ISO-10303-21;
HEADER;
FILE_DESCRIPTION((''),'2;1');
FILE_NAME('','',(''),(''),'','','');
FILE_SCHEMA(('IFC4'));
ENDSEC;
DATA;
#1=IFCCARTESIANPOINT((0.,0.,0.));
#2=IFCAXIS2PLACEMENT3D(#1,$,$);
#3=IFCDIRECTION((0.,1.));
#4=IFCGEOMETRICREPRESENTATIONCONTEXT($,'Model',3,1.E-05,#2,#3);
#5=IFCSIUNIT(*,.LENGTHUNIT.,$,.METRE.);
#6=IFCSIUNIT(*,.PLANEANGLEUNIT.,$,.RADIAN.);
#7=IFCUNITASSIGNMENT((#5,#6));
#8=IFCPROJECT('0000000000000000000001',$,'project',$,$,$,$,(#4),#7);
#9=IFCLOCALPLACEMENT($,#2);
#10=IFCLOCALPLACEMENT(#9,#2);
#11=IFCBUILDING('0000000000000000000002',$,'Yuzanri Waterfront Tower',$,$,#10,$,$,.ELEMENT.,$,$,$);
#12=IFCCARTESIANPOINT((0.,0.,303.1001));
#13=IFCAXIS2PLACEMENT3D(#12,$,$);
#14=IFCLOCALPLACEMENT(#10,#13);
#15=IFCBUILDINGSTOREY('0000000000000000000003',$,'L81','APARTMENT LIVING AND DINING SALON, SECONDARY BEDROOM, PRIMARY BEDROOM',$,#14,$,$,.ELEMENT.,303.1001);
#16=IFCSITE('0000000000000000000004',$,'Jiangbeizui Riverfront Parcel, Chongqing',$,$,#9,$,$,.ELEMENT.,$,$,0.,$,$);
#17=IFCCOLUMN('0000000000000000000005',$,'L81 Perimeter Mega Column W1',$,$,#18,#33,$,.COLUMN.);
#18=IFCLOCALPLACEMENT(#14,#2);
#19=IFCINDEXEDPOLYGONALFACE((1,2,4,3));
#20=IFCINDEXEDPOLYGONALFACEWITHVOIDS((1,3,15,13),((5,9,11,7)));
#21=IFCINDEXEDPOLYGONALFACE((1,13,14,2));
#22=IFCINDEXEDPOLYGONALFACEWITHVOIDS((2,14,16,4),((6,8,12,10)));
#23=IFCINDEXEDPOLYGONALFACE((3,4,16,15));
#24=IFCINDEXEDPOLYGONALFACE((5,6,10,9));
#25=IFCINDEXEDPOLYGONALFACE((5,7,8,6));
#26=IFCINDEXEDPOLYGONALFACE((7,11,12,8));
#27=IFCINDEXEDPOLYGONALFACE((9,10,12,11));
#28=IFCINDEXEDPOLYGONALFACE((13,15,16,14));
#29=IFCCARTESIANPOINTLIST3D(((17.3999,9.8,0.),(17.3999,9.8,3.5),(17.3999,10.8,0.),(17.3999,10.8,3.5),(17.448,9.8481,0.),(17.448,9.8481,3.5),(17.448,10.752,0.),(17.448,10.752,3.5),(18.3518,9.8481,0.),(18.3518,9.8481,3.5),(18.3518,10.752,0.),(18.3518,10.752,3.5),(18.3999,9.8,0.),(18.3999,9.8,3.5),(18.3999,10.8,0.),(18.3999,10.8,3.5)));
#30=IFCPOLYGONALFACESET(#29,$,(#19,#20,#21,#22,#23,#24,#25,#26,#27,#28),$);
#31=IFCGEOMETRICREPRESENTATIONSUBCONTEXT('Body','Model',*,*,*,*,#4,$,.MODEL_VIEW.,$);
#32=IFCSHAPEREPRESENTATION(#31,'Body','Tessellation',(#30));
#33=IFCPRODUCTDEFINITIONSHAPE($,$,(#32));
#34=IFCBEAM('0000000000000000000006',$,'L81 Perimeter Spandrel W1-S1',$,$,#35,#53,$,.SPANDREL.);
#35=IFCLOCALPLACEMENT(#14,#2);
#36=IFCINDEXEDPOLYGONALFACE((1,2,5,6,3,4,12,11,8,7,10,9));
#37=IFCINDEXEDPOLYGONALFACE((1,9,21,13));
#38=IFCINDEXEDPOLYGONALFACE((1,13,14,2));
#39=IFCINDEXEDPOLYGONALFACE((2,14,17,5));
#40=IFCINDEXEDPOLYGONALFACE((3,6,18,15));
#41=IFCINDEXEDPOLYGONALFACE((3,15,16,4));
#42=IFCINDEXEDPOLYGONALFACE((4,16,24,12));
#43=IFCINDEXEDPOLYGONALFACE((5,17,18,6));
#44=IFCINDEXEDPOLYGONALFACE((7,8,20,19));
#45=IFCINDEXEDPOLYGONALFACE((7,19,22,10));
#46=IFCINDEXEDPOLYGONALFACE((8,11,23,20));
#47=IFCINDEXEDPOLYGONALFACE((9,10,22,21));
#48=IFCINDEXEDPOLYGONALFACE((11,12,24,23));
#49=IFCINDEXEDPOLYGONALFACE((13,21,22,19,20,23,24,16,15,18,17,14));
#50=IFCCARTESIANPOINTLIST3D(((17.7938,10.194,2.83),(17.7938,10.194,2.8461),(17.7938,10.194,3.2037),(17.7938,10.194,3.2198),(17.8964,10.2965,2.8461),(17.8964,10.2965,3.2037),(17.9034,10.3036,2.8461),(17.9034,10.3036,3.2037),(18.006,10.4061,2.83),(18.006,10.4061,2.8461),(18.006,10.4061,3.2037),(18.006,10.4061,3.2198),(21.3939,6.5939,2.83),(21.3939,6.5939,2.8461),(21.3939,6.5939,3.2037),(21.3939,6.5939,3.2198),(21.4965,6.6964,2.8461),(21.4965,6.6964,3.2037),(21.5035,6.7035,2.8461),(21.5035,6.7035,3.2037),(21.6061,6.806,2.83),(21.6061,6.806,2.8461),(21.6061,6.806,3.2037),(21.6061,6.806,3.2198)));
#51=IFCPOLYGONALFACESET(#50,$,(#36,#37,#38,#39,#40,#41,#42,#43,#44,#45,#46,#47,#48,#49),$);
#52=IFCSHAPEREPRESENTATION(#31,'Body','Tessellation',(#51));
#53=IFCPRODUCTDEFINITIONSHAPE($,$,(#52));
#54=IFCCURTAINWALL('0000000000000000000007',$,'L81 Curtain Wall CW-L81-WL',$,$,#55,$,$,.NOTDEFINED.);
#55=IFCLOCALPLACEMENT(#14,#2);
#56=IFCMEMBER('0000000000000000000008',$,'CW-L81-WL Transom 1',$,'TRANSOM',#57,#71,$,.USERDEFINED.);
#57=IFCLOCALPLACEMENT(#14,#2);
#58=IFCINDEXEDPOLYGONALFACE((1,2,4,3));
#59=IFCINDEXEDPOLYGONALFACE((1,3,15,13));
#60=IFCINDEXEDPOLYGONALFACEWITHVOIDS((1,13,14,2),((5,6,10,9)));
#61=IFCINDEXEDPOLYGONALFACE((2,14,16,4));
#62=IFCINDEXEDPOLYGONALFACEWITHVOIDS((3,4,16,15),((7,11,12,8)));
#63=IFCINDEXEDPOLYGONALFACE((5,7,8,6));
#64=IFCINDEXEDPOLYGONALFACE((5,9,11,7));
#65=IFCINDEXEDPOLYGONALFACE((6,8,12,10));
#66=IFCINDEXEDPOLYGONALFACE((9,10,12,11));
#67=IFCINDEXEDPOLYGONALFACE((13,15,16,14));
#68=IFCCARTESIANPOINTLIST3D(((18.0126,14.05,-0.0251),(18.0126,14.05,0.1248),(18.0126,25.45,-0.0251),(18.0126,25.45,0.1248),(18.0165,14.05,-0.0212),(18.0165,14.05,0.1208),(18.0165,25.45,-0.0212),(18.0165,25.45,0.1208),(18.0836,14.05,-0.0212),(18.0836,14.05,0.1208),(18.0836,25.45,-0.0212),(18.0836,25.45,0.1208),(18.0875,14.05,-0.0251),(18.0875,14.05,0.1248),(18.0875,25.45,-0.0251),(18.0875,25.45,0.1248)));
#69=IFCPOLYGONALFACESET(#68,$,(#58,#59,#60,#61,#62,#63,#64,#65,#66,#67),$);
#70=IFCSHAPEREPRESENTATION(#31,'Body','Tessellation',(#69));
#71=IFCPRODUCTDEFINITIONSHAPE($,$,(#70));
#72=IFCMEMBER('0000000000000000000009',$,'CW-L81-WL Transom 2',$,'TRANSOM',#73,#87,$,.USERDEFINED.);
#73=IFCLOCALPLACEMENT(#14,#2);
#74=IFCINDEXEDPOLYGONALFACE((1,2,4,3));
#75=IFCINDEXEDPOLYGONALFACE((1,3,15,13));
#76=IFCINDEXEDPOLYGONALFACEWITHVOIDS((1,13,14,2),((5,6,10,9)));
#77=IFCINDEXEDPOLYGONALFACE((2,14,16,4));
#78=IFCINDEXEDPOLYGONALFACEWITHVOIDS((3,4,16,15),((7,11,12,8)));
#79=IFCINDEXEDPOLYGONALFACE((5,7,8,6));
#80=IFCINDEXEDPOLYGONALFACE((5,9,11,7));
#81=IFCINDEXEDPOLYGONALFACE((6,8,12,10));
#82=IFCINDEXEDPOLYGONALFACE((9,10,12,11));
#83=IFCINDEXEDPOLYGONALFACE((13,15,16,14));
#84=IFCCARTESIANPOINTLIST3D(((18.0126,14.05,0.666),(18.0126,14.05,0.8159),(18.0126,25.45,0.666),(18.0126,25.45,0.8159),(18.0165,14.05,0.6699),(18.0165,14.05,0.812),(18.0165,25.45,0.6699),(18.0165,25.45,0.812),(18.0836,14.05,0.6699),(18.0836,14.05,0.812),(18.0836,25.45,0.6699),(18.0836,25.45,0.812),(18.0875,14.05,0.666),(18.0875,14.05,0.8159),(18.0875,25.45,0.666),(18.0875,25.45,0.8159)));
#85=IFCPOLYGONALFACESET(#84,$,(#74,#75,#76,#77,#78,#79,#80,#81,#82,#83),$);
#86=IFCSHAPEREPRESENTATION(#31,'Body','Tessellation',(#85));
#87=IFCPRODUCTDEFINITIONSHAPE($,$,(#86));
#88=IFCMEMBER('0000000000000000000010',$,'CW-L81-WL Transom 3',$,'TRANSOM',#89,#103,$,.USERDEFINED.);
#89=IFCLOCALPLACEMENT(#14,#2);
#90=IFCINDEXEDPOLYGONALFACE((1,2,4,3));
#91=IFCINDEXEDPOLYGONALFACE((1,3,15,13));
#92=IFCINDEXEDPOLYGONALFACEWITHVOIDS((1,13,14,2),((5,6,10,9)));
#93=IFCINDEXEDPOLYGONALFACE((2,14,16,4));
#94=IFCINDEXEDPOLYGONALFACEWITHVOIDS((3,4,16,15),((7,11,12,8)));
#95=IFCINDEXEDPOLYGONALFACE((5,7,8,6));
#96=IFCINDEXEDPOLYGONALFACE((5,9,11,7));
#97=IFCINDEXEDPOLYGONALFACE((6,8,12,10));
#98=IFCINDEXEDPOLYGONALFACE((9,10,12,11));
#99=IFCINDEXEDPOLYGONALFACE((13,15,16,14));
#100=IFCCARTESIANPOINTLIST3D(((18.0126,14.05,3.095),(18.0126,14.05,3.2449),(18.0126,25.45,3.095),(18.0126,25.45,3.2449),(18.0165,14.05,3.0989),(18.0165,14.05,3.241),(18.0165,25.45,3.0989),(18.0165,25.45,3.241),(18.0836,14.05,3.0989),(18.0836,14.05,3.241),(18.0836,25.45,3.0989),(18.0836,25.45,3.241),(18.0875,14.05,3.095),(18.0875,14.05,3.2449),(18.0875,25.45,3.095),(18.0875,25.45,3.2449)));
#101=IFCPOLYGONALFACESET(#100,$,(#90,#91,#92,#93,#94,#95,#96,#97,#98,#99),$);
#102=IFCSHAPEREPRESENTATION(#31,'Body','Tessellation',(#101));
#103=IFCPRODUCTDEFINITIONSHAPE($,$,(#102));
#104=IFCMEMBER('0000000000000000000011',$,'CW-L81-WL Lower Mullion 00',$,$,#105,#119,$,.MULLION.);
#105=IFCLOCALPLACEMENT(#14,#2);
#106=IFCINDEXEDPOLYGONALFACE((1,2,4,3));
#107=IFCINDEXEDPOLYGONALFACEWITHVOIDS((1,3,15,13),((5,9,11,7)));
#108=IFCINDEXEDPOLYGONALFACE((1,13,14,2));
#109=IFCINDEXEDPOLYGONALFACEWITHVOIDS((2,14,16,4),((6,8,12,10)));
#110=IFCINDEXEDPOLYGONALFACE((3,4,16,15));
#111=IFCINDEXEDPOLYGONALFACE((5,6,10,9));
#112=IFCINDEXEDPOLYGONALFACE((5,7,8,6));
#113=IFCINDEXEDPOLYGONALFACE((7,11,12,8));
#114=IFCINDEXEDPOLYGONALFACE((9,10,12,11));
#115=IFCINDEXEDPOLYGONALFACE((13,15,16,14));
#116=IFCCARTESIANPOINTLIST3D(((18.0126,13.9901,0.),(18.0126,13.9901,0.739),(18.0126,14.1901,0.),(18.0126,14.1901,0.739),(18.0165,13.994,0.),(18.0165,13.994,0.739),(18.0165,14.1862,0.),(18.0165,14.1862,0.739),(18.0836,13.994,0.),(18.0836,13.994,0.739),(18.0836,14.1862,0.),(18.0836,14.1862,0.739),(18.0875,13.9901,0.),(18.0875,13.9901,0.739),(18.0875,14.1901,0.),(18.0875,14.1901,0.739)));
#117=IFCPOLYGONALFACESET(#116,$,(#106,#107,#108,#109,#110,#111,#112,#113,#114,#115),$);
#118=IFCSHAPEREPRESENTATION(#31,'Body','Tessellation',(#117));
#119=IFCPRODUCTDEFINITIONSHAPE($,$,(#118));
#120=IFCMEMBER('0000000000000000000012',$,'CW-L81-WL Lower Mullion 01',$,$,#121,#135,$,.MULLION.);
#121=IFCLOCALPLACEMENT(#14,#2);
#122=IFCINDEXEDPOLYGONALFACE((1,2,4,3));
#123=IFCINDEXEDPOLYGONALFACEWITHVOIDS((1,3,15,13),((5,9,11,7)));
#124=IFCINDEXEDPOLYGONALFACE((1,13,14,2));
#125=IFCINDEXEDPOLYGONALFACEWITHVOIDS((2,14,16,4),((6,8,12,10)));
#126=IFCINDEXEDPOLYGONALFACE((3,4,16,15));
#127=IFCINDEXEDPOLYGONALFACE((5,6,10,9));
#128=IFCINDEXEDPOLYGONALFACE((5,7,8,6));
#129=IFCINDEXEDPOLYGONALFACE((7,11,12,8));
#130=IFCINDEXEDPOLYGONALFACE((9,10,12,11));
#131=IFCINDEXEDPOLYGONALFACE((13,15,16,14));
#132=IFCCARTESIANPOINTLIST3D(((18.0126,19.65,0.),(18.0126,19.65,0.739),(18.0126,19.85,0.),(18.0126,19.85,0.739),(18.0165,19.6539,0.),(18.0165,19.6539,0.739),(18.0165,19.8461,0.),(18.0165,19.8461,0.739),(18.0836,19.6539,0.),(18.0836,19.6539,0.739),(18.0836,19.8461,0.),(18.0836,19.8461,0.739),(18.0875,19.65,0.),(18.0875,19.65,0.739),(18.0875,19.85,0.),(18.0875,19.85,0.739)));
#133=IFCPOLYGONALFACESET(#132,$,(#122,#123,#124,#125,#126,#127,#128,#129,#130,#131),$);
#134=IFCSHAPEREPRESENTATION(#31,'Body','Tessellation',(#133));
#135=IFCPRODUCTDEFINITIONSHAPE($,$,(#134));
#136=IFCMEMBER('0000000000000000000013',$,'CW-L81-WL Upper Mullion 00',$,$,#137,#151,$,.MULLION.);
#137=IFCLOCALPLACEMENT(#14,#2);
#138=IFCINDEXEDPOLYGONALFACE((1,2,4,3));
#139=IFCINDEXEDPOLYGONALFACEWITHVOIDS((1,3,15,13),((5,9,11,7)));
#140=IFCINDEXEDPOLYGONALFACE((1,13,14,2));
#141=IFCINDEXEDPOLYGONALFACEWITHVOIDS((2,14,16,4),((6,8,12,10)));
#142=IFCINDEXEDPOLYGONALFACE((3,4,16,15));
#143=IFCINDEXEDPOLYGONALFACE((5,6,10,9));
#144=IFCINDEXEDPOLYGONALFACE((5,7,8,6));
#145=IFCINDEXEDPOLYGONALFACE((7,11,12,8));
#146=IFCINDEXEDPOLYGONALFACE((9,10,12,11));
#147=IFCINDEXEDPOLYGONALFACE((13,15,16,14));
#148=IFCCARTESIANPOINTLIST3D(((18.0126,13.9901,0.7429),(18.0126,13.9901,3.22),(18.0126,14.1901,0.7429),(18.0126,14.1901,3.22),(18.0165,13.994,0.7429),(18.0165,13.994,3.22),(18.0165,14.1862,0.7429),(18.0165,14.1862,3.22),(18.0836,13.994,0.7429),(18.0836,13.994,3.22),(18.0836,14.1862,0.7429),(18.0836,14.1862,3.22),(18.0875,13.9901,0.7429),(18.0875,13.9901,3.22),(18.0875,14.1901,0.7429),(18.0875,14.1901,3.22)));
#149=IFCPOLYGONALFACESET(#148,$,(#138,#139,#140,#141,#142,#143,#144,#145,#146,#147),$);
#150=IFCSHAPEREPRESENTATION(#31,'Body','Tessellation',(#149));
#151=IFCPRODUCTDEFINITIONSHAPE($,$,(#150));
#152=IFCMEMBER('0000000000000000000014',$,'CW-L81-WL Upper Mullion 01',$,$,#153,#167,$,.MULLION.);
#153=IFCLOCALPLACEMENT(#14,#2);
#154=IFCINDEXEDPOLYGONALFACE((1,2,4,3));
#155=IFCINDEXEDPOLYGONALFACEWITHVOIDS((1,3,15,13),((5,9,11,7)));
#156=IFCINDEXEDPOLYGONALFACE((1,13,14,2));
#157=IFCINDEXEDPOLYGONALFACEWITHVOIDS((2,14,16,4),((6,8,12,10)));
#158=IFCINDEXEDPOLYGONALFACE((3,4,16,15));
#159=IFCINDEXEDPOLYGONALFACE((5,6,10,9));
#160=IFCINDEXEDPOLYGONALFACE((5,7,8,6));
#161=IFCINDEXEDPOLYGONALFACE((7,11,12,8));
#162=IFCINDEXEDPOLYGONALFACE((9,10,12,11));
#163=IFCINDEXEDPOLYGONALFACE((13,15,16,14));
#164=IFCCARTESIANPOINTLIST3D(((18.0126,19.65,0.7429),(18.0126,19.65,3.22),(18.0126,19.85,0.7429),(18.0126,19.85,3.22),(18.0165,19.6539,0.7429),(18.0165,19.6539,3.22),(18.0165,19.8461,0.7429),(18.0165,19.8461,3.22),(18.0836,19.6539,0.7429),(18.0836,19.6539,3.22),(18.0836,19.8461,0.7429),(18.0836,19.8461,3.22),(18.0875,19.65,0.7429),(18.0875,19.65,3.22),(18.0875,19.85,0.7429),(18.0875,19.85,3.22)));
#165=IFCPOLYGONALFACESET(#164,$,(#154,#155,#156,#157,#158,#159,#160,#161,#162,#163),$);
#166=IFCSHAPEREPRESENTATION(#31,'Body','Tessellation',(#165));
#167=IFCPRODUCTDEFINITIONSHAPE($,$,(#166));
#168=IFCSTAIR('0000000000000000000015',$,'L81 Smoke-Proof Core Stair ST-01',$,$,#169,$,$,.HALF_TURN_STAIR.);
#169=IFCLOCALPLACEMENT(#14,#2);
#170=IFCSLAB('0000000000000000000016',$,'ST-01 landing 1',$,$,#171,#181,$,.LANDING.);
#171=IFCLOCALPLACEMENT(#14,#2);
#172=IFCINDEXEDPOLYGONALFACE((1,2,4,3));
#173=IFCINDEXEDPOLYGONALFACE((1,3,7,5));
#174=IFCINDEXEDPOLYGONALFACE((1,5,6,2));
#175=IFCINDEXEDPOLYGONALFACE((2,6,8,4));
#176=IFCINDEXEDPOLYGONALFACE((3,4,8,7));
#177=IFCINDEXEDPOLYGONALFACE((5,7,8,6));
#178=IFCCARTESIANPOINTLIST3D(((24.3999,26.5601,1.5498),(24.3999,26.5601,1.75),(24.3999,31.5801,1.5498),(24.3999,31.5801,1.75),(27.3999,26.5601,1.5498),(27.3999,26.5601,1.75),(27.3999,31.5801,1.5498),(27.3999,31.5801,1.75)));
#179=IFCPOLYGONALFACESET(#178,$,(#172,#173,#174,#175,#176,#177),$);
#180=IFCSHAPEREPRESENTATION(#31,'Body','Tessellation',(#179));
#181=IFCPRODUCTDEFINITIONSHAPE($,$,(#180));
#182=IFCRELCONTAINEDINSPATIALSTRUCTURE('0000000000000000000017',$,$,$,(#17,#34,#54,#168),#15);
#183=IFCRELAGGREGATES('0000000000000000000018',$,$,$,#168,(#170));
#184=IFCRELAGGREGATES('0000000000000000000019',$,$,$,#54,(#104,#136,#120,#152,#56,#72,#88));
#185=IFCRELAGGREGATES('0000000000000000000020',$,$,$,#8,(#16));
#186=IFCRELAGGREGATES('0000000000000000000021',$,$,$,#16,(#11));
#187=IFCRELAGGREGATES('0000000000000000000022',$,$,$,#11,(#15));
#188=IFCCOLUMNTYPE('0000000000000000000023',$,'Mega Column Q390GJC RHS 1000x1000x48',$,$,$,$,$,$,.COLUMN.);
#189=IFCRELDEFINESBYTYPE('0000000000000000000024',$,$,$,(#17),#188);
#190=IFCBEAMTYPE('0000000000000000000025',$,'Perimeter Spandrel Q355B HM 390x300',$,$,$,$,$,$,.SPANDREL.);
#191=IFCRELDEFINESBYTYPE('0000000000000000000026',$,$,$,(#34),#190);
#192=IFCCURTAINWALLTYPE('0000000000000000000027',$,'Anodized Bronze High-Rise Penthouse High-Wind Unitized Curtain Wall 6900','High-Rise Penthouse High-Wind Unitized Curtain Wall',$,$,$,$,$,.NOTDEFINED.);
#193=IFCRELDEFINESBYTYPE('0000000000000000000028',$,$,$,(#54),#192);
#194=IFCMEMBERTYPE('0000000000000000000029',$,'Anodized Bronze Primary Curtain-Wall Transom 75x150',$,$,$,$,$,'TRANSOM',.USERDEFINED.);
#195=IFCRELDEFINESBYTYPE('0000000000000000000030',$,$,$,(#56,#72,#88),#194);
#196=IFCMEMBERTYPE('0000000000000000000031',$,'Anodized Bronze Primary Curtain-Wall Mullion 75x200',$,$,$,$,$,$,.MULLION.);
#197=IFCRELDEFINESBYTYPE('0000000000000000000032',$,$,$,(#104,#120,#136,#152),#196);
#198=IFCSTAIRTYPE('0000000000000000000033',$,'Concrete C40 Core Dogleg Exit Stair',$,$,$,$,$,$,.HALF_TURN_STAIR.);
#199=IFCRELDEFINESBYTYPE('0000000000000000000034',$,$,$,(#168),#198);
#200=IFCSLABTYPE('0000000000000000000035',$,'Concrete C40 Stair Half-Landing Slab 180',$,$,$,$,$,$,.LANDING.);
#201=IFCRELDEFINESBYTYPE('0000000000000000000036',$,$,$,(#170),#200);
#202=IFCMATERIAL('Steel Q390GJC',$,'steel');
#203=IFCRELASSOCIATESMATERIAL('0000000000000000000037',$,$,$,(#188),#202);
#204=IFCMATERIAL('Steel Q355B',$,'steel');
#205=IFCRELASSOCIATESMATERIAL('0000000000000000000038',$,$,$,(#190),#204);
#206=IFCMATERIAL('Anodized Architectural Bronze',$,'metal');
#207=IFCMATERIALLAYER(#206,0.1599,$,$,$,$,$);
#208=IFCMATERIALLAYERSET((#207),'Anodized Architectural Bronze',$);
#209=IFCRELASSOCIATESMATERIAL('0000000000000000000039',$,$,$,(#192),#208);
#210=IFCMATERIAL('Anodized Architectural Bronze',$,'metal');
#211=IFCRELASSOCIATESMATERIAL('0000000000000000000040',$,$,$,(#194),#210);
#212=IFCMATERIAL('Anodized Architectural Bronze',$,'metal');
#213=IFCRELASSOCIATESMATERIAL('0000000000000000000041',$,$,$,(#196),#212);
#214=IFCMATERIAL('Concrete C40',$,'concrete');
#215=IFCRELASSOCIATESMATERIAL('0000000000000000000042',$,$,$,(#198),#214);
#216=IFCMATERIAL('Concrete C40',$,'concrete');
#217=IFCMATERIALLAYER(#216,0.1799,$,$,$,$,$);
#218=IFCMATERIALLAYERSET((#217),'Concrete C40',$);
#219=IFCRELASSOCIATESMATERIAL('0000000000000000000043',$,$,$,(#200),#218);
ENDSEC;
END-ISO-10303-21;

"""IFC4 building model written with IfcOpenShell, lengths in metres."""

from ifc_helpers import new_model, si_unit, direction, frame, origin, origin_2d, place, context, subcontext, project, spatial, polyline, hollow_rectangle, i_section, outline, extrude, source, transform, mapped, material, layer, layer_set, material_profile, profile_set, type_object, element, aggregate, save


model = new_model("IFC4")

# Units and contexts
model_context = context("Model", 3, precision=1e-05, world=origin(), true_north=direction((0.0, 1.0)))
body_context = subcontext(model_context, "Body", "Model", "MODEL_VIEW")
ifc_project = project(units=[si_unit("LENGTHUNIT", "METRE"), si_unit("PLANEANGLEUNIT", "RADIAN")], contexts=[model_context])

# Site, building, storey
site_placement = place(None, origin())
site = spatial("IfcSite", under=ifc_project, at=site_placement, Name="Jiangbeizui Riverfront Parcel, Chongqing", CompositionType="ELEMENT", RefElevation=0.0)
building_placement = place(site_placement, origin())
building = spatial("IfcBuilding", under=site, at=building_placement, Name="Yuzanri Waterfront Tower", CompositionType="ELEMENT")
storey_placement = place(building_placement, frame((0.0, 0.0, 303.1001)))
storey = spatial("IfcBuildingStorey", under=building, at=storey_placement, Name="L81", Description="APARTMENT LIVING AND DINING SALON, SECONDARY BEDROOM, PRIMARY BEDROOM", CompositionType="ELEMENT", Elevation=303.1001)

# Column
ifc_material_1 = material(Name="Steel Q390GJC", Category="steel")
ifc_material_profile_1 = material_profile(ifc_material_1, hollow_rectangle(XDim=1.0, YDim=1.0, WallThickness=0.0481, at=origin_2d()), Name="RHS 1000x1000x48")
ifc_profile_set_1 = profile_set([ifc_material_profile_1], Name="Steel Q390GJC")
column_type = type_object("IfcColumnType", Name="Mega Column Q390GJC RHS 1000x1000x48", PredefinedType="COLUMN", material=ifc_profile_set_1)
shared_shape_1 = source(origin(), body_context, "Body", "SweptSolid", [
    extrude(hollow_rectangle(XDim=1.0, YDim=1.0, WallThickness=0.0481, at=origin_2d()), origin(), (0.0, 0.0, 1.0), 3.5),
])
column_placement = place(storey_placement, frame((17.8999, 10.3, 0.0), z_axis=(0.0, 0.0, 1.0), x_axis=(1.0, 0.0, 0.0)))
element("IfcColumn", 1, at=column_placement, inside=storey, type_object=column_type, Name="L81 Perimeter Mega Column W1", PredefinedType="COLUMN", context=body_context, shape_type="MappedRepresentation", body=[
    mapped(shared_shape_1, transform((0.0, 0.0, 0.0), scale=1.0)),
])

# Beam
ifc_material_2 = material(Name="Steel Q355B", Category="steel")
ifc_material_profile_2 = material_profile(ifc_material_2, i_section(OverallWidth=0.3, OverallDepth=0.3899, WebThickness=0.01, FlangeThickness=0.0161, at=origin_2d()), Name="HM 390x300x10x16")
ifc_profile_set_2 = profile_set([ifc_material_profile_2], Name="Steel Q355B")
beam_type = type_object("IfcBeamType", Name="Perimeter Spandrel Q355B HM 390x300", PredefinedType="SPANDREL", material=ifc_profile_set_2)
shared_shape_2 = source(origin(), body_context, "Body", "SweptSolid", [
    extrude(i_section(OverallWidth=0.3, OverallDepth=0.3899, WebThickness=0.01, FlangeThickness=0.0161, at=origin_2d()), origin(), (0.0, 0.0, 1.0), 5.0913),
])
beam_placement = place(storey_placement, frame((17.8999, 10.3, 3.0249), z_axis=(0.707107, -0.707107, 0.0), x_axis=(0.707107, 0.707107, 0.0)))
element("IfcBeam", 2, at=beam_placement, inside=storey, type_object=beam_type, Name="L81 Perimeter Spandrel W1-S1", PredefinedType="SPANDREL", context=body_context, shape_type="MappedRepresentation", body=[
    mapped(shared_shape_2, transform((0.0, 0.0, 0.0), scale=1.0)),
])

# Curtain wall, members
ifc_material_3 = material(Name="Anodized Architectural Bronze", Category="metal")
ifc_layer_1 = layer(ifc_material_3, 0.1599)
ifc_layer_set_1 = layer_set([ifc_layer_1], Name="Anodized Architectural Bronze")
curtain_wall_type = type_object("IfcCurtainWallType", Name="Anodized Bronze High-Rise Penthouse High-Wind Unitized Curtain Wall 6900", Description="High-Rise Penthouse High-Wind Unitized Curtain Wall", PredefinedType="NOTDEFINED", material=ifc_layer_set_1)
curtain_wall_placement = place(storey_placement, origin())
curtain_wall = element("IfcCurtainWall", 3, at=curtain_wall_placement, inside=storey, type_object=curtain_wall_type, Name="L81 Curtain Wall CW-L81-WL", PredefinedType="NOTDEFINED")
ifc_material_4 = material(Name="Anodized Architectural Bronze", Category="metal")
ifc_material_profile_3 = material_profile(ifc_material_4, hollow_rectangle(XDim=0.075, YDim=0.1499, WallThickness=0.0039, at=origin_2d()), Name="CWT 75x150")
ifc_profile_set_3 = profile_set([ifc_material_profile_3], Name="Anodized Architectural Bronze")
member_type_1 = type_object("IfcMemberType", Name="Anodized Bronze Primary Curtain-Wall Transom 75x150", ElementType="TRANSOM", PredefinedType="USERDEFINED", material=ifc_profile_set_3)
shared_shape_3 = source(origin(), body_context, "Body", "SweptSolid", [
    extrude(hollow_rectangle(XDim=0.075, YDim=0.1499, WallThickness=0.0039, at=origin_2d()), origin(), (0.0, 0.0, 1.0), 11.3999),
])
member_1_placement = place(storey_placement, frame((18.05, 14.05, 0.0498), z_axis=(0.0, 1.0, 0.0), x_axis=(-1.0, 0.0, 0.0)))
member_1 = element("IfcMember", 4, at=member_1_placement, type_object=member_type_1, Name="CW-L81-WL Transom 1", ObjectType="TRANSOM", PredefinedType="USERDEFINED", context=body_context, shape_type="MappedRepresentation", body=[
    mapped(shared_shape_3, transform((0.0, 0.0, 0.0), scale=1.0)),
])
member_2_placement = place(storey_placement, frame((18.05, 14.05, 0.741), z_axis=(0.0, 1.0, 0.0), x_axis=(-1.0, 0.0, 0.0)))
member_2 = element("IfcMember", 5, at=member_2_placement, type_object=member_type_1, Name="CW-L81-WL Transom 2", ObjectType="TRANSOM", PredefinedType="USERDEFINED", context=body_context, shape_type="MappedRepresentation", body=[
    mapped(shared_shape_3, transform((0.0, 0.0, 0.0), scale=1.0)),
])
member_3_placement = place(storey_placement, frame((18.05, 14.05, 3.1699), z_axis=(0.0, 1.0, 0.0), x_axis=(-1.0, 0.0, 0.0)))
member_3 = element("IfcMember", 6, at=member_3_placement, type_object=member_type_1, Name="CW-L81-WL Transom 3", ObjectType="TRANSOM", PredefinedType="USERDEFINED", context=body_context, shape_type="MappedRepresentation", body=[
    mapped(shared_shape_3, transform((0.0, 0.0, 0.0), scale=1.0)),
])
ifc_material_5 = material(Name="Anodized Architectural Bronze", Category="metal")
ifc_material_profile_4 = material_profile(ifc_material_5, hollow_rectangle(XDim=0.075, YDim=0.2, WallThickness=0.0039, at=origin_2d()), Name="CWM 75x200")
ifc_profile_set_4 = profile_set([ifc_material_profile_4], Name="Anodized Architectural Bronze")
member_type_2 = type_object("IfcMemberType", Name="Anodized Bronze Primary Curtain-Wall Mullion 75x200", PredefinedType="MULLION", material=ifc_profile_set_4)
shared_shape_4 = source(origin(), body_context, "Body", "SweptSolid", [
    extrude(hollow_rectangle(XDim=0.075, YDim=0.2, WallThickness=0.0039, at=origin_2d()), origin(), (0.0, 0.0, 1.0), 0.739),
])
member_4_placement = place(storey_placement, frame((18.05, 14.0901, 0.0), z_axis=(0.0, 0.0, 1.0), x_axis=(1.0, 0.0, 0.0)))
member_4 = element("IfcMember", 7, at=member_4_placement, type_object=member_type_2, Name="CW-L81-WL Lower Mullion 00", PredefinedType="MULLION", context=body_context, shape_type="MappedRepresentation", body=[
    mapped(shared_shape_4, transform((0.0, 0.0, 0.0), scale=1.0)),
])
member_5_placement = place(storey_placement, frame((18.05, 19.75, 0.0), z_axis=(0.0, 0.0, 1.0), x_axis=(1.0, 0.0, 0.0)))
member_5 = element("IfcMember", 8, at=member_5_placement, type_object=member_type_2, Name="CW-L81-WL Lower Mullion 01", PredefinedType="MULLION", context=body_context, shape_type="MappedRepresentation", body=[
    mapped(shared_shape_4, transform((0.0, 0.0, 0.0), scale=1.0)),
])
shared_shape_5 = source(origin(), body_context, "Body", "SweptSolid", [
    extrude(hollow_rectangle(XDim=0.075, YDim=0.2, WallThickness=0.0039, at=origin_2d()), origin(), (0.0, 0.0, 1.0), 2.4771),
])
member_6_placement = place(storey_placement, frame((18.05, 14.0901, 0.7429), z_axis=(0.0, 0.0, 1.0), x_axis=(1.0, 0.0, 0.0)))
member_6 = element("IfcMember", 9, at=member_6_placement, type_object=member_type_2, Name="CW-L81-WL Upper Mullion 00", PredefinedType="MULLION", context=body_context, shape_type="MappedRepresentation", body=[
    mapped(shared_shape_5, transform((0.0, 0.0, 0.0), scale=1.0)),
])
member_7_placement = place(storey_placement, frame((18.05, 19.75, 0.7429), z_axis=(0.0, 0.0, 1.0), x_axis=(1.0, 0.0, 0.0)))
member_7 = element("IfcMember", 10, at=member_7_placement, type_object=member_type_2, Name="CW-L81-WL Upper Mullion 01", PredefinedType="MULLION", context=body_context, shape_type="MappedRepresentation", body=[
    mapped(shared_shape_5, transform((0.0, 0.0, 0.0), scale=1.0)),
])

# Stair, slab
ifc_material_6 = material(Name="Concrete C40", Category="concrete")
stair_type = type_object("IfcStairType", Name="Concrete C40 Core Dogleg Exit Stair", PredefinedType="HALF_TURN_STAIR", material=ifc_material_6)
stair_1_placement = place(storey_placement, origin())
stair_1 = element("IfcStair", 11, at=stair_1_placement, inside=storey, type_object=stair_type, Name="L81 Smoke-Proof Core Stair ST-01", PredefinedType="HALF_TURN_STAIR")
ifc_material_7 = material(Name="Concrete C40", Category="concrete")
ifc_layer_2 = layer(ifc_material_7, 0.1799)
ifc_layer_set_2 = layer_set([ifc_layer_2], Name="Concrete C40")
slab_type_1 = type_object("IfcSlabType", Name="Concrete C40 Stair Half-Landing Slab 180", PredefinedType="LANDING", material=ifc_layer_set_2)
slab_1_placement = place(storey_placement, frame((0.0, 0.0, 1.5498)))
slab_1 = element("IfcSlab", 12, at=slab_1_placement, type_object=slab_type_1, Name="ST-01 landing 1", PredefinedType="LANDING", context=body_context, shape_type="SweptSolid", body=[
    extrude(outline(polyline([(27.3999, 26.5601), (27.3999, 31.5801), (24.3999, 31.5801), (24.3999, 26.5601), (27.3999, 26.5601)])), origin(), (0.0, 0.0, 1.0), 0.2002),
])
aggregate(stair_1, [slab_1])

aggregate(curtain_wall, [member_4, member_6, member_5, member_7, member_1, member_2, member_3])

save(model, "model.ifc")
